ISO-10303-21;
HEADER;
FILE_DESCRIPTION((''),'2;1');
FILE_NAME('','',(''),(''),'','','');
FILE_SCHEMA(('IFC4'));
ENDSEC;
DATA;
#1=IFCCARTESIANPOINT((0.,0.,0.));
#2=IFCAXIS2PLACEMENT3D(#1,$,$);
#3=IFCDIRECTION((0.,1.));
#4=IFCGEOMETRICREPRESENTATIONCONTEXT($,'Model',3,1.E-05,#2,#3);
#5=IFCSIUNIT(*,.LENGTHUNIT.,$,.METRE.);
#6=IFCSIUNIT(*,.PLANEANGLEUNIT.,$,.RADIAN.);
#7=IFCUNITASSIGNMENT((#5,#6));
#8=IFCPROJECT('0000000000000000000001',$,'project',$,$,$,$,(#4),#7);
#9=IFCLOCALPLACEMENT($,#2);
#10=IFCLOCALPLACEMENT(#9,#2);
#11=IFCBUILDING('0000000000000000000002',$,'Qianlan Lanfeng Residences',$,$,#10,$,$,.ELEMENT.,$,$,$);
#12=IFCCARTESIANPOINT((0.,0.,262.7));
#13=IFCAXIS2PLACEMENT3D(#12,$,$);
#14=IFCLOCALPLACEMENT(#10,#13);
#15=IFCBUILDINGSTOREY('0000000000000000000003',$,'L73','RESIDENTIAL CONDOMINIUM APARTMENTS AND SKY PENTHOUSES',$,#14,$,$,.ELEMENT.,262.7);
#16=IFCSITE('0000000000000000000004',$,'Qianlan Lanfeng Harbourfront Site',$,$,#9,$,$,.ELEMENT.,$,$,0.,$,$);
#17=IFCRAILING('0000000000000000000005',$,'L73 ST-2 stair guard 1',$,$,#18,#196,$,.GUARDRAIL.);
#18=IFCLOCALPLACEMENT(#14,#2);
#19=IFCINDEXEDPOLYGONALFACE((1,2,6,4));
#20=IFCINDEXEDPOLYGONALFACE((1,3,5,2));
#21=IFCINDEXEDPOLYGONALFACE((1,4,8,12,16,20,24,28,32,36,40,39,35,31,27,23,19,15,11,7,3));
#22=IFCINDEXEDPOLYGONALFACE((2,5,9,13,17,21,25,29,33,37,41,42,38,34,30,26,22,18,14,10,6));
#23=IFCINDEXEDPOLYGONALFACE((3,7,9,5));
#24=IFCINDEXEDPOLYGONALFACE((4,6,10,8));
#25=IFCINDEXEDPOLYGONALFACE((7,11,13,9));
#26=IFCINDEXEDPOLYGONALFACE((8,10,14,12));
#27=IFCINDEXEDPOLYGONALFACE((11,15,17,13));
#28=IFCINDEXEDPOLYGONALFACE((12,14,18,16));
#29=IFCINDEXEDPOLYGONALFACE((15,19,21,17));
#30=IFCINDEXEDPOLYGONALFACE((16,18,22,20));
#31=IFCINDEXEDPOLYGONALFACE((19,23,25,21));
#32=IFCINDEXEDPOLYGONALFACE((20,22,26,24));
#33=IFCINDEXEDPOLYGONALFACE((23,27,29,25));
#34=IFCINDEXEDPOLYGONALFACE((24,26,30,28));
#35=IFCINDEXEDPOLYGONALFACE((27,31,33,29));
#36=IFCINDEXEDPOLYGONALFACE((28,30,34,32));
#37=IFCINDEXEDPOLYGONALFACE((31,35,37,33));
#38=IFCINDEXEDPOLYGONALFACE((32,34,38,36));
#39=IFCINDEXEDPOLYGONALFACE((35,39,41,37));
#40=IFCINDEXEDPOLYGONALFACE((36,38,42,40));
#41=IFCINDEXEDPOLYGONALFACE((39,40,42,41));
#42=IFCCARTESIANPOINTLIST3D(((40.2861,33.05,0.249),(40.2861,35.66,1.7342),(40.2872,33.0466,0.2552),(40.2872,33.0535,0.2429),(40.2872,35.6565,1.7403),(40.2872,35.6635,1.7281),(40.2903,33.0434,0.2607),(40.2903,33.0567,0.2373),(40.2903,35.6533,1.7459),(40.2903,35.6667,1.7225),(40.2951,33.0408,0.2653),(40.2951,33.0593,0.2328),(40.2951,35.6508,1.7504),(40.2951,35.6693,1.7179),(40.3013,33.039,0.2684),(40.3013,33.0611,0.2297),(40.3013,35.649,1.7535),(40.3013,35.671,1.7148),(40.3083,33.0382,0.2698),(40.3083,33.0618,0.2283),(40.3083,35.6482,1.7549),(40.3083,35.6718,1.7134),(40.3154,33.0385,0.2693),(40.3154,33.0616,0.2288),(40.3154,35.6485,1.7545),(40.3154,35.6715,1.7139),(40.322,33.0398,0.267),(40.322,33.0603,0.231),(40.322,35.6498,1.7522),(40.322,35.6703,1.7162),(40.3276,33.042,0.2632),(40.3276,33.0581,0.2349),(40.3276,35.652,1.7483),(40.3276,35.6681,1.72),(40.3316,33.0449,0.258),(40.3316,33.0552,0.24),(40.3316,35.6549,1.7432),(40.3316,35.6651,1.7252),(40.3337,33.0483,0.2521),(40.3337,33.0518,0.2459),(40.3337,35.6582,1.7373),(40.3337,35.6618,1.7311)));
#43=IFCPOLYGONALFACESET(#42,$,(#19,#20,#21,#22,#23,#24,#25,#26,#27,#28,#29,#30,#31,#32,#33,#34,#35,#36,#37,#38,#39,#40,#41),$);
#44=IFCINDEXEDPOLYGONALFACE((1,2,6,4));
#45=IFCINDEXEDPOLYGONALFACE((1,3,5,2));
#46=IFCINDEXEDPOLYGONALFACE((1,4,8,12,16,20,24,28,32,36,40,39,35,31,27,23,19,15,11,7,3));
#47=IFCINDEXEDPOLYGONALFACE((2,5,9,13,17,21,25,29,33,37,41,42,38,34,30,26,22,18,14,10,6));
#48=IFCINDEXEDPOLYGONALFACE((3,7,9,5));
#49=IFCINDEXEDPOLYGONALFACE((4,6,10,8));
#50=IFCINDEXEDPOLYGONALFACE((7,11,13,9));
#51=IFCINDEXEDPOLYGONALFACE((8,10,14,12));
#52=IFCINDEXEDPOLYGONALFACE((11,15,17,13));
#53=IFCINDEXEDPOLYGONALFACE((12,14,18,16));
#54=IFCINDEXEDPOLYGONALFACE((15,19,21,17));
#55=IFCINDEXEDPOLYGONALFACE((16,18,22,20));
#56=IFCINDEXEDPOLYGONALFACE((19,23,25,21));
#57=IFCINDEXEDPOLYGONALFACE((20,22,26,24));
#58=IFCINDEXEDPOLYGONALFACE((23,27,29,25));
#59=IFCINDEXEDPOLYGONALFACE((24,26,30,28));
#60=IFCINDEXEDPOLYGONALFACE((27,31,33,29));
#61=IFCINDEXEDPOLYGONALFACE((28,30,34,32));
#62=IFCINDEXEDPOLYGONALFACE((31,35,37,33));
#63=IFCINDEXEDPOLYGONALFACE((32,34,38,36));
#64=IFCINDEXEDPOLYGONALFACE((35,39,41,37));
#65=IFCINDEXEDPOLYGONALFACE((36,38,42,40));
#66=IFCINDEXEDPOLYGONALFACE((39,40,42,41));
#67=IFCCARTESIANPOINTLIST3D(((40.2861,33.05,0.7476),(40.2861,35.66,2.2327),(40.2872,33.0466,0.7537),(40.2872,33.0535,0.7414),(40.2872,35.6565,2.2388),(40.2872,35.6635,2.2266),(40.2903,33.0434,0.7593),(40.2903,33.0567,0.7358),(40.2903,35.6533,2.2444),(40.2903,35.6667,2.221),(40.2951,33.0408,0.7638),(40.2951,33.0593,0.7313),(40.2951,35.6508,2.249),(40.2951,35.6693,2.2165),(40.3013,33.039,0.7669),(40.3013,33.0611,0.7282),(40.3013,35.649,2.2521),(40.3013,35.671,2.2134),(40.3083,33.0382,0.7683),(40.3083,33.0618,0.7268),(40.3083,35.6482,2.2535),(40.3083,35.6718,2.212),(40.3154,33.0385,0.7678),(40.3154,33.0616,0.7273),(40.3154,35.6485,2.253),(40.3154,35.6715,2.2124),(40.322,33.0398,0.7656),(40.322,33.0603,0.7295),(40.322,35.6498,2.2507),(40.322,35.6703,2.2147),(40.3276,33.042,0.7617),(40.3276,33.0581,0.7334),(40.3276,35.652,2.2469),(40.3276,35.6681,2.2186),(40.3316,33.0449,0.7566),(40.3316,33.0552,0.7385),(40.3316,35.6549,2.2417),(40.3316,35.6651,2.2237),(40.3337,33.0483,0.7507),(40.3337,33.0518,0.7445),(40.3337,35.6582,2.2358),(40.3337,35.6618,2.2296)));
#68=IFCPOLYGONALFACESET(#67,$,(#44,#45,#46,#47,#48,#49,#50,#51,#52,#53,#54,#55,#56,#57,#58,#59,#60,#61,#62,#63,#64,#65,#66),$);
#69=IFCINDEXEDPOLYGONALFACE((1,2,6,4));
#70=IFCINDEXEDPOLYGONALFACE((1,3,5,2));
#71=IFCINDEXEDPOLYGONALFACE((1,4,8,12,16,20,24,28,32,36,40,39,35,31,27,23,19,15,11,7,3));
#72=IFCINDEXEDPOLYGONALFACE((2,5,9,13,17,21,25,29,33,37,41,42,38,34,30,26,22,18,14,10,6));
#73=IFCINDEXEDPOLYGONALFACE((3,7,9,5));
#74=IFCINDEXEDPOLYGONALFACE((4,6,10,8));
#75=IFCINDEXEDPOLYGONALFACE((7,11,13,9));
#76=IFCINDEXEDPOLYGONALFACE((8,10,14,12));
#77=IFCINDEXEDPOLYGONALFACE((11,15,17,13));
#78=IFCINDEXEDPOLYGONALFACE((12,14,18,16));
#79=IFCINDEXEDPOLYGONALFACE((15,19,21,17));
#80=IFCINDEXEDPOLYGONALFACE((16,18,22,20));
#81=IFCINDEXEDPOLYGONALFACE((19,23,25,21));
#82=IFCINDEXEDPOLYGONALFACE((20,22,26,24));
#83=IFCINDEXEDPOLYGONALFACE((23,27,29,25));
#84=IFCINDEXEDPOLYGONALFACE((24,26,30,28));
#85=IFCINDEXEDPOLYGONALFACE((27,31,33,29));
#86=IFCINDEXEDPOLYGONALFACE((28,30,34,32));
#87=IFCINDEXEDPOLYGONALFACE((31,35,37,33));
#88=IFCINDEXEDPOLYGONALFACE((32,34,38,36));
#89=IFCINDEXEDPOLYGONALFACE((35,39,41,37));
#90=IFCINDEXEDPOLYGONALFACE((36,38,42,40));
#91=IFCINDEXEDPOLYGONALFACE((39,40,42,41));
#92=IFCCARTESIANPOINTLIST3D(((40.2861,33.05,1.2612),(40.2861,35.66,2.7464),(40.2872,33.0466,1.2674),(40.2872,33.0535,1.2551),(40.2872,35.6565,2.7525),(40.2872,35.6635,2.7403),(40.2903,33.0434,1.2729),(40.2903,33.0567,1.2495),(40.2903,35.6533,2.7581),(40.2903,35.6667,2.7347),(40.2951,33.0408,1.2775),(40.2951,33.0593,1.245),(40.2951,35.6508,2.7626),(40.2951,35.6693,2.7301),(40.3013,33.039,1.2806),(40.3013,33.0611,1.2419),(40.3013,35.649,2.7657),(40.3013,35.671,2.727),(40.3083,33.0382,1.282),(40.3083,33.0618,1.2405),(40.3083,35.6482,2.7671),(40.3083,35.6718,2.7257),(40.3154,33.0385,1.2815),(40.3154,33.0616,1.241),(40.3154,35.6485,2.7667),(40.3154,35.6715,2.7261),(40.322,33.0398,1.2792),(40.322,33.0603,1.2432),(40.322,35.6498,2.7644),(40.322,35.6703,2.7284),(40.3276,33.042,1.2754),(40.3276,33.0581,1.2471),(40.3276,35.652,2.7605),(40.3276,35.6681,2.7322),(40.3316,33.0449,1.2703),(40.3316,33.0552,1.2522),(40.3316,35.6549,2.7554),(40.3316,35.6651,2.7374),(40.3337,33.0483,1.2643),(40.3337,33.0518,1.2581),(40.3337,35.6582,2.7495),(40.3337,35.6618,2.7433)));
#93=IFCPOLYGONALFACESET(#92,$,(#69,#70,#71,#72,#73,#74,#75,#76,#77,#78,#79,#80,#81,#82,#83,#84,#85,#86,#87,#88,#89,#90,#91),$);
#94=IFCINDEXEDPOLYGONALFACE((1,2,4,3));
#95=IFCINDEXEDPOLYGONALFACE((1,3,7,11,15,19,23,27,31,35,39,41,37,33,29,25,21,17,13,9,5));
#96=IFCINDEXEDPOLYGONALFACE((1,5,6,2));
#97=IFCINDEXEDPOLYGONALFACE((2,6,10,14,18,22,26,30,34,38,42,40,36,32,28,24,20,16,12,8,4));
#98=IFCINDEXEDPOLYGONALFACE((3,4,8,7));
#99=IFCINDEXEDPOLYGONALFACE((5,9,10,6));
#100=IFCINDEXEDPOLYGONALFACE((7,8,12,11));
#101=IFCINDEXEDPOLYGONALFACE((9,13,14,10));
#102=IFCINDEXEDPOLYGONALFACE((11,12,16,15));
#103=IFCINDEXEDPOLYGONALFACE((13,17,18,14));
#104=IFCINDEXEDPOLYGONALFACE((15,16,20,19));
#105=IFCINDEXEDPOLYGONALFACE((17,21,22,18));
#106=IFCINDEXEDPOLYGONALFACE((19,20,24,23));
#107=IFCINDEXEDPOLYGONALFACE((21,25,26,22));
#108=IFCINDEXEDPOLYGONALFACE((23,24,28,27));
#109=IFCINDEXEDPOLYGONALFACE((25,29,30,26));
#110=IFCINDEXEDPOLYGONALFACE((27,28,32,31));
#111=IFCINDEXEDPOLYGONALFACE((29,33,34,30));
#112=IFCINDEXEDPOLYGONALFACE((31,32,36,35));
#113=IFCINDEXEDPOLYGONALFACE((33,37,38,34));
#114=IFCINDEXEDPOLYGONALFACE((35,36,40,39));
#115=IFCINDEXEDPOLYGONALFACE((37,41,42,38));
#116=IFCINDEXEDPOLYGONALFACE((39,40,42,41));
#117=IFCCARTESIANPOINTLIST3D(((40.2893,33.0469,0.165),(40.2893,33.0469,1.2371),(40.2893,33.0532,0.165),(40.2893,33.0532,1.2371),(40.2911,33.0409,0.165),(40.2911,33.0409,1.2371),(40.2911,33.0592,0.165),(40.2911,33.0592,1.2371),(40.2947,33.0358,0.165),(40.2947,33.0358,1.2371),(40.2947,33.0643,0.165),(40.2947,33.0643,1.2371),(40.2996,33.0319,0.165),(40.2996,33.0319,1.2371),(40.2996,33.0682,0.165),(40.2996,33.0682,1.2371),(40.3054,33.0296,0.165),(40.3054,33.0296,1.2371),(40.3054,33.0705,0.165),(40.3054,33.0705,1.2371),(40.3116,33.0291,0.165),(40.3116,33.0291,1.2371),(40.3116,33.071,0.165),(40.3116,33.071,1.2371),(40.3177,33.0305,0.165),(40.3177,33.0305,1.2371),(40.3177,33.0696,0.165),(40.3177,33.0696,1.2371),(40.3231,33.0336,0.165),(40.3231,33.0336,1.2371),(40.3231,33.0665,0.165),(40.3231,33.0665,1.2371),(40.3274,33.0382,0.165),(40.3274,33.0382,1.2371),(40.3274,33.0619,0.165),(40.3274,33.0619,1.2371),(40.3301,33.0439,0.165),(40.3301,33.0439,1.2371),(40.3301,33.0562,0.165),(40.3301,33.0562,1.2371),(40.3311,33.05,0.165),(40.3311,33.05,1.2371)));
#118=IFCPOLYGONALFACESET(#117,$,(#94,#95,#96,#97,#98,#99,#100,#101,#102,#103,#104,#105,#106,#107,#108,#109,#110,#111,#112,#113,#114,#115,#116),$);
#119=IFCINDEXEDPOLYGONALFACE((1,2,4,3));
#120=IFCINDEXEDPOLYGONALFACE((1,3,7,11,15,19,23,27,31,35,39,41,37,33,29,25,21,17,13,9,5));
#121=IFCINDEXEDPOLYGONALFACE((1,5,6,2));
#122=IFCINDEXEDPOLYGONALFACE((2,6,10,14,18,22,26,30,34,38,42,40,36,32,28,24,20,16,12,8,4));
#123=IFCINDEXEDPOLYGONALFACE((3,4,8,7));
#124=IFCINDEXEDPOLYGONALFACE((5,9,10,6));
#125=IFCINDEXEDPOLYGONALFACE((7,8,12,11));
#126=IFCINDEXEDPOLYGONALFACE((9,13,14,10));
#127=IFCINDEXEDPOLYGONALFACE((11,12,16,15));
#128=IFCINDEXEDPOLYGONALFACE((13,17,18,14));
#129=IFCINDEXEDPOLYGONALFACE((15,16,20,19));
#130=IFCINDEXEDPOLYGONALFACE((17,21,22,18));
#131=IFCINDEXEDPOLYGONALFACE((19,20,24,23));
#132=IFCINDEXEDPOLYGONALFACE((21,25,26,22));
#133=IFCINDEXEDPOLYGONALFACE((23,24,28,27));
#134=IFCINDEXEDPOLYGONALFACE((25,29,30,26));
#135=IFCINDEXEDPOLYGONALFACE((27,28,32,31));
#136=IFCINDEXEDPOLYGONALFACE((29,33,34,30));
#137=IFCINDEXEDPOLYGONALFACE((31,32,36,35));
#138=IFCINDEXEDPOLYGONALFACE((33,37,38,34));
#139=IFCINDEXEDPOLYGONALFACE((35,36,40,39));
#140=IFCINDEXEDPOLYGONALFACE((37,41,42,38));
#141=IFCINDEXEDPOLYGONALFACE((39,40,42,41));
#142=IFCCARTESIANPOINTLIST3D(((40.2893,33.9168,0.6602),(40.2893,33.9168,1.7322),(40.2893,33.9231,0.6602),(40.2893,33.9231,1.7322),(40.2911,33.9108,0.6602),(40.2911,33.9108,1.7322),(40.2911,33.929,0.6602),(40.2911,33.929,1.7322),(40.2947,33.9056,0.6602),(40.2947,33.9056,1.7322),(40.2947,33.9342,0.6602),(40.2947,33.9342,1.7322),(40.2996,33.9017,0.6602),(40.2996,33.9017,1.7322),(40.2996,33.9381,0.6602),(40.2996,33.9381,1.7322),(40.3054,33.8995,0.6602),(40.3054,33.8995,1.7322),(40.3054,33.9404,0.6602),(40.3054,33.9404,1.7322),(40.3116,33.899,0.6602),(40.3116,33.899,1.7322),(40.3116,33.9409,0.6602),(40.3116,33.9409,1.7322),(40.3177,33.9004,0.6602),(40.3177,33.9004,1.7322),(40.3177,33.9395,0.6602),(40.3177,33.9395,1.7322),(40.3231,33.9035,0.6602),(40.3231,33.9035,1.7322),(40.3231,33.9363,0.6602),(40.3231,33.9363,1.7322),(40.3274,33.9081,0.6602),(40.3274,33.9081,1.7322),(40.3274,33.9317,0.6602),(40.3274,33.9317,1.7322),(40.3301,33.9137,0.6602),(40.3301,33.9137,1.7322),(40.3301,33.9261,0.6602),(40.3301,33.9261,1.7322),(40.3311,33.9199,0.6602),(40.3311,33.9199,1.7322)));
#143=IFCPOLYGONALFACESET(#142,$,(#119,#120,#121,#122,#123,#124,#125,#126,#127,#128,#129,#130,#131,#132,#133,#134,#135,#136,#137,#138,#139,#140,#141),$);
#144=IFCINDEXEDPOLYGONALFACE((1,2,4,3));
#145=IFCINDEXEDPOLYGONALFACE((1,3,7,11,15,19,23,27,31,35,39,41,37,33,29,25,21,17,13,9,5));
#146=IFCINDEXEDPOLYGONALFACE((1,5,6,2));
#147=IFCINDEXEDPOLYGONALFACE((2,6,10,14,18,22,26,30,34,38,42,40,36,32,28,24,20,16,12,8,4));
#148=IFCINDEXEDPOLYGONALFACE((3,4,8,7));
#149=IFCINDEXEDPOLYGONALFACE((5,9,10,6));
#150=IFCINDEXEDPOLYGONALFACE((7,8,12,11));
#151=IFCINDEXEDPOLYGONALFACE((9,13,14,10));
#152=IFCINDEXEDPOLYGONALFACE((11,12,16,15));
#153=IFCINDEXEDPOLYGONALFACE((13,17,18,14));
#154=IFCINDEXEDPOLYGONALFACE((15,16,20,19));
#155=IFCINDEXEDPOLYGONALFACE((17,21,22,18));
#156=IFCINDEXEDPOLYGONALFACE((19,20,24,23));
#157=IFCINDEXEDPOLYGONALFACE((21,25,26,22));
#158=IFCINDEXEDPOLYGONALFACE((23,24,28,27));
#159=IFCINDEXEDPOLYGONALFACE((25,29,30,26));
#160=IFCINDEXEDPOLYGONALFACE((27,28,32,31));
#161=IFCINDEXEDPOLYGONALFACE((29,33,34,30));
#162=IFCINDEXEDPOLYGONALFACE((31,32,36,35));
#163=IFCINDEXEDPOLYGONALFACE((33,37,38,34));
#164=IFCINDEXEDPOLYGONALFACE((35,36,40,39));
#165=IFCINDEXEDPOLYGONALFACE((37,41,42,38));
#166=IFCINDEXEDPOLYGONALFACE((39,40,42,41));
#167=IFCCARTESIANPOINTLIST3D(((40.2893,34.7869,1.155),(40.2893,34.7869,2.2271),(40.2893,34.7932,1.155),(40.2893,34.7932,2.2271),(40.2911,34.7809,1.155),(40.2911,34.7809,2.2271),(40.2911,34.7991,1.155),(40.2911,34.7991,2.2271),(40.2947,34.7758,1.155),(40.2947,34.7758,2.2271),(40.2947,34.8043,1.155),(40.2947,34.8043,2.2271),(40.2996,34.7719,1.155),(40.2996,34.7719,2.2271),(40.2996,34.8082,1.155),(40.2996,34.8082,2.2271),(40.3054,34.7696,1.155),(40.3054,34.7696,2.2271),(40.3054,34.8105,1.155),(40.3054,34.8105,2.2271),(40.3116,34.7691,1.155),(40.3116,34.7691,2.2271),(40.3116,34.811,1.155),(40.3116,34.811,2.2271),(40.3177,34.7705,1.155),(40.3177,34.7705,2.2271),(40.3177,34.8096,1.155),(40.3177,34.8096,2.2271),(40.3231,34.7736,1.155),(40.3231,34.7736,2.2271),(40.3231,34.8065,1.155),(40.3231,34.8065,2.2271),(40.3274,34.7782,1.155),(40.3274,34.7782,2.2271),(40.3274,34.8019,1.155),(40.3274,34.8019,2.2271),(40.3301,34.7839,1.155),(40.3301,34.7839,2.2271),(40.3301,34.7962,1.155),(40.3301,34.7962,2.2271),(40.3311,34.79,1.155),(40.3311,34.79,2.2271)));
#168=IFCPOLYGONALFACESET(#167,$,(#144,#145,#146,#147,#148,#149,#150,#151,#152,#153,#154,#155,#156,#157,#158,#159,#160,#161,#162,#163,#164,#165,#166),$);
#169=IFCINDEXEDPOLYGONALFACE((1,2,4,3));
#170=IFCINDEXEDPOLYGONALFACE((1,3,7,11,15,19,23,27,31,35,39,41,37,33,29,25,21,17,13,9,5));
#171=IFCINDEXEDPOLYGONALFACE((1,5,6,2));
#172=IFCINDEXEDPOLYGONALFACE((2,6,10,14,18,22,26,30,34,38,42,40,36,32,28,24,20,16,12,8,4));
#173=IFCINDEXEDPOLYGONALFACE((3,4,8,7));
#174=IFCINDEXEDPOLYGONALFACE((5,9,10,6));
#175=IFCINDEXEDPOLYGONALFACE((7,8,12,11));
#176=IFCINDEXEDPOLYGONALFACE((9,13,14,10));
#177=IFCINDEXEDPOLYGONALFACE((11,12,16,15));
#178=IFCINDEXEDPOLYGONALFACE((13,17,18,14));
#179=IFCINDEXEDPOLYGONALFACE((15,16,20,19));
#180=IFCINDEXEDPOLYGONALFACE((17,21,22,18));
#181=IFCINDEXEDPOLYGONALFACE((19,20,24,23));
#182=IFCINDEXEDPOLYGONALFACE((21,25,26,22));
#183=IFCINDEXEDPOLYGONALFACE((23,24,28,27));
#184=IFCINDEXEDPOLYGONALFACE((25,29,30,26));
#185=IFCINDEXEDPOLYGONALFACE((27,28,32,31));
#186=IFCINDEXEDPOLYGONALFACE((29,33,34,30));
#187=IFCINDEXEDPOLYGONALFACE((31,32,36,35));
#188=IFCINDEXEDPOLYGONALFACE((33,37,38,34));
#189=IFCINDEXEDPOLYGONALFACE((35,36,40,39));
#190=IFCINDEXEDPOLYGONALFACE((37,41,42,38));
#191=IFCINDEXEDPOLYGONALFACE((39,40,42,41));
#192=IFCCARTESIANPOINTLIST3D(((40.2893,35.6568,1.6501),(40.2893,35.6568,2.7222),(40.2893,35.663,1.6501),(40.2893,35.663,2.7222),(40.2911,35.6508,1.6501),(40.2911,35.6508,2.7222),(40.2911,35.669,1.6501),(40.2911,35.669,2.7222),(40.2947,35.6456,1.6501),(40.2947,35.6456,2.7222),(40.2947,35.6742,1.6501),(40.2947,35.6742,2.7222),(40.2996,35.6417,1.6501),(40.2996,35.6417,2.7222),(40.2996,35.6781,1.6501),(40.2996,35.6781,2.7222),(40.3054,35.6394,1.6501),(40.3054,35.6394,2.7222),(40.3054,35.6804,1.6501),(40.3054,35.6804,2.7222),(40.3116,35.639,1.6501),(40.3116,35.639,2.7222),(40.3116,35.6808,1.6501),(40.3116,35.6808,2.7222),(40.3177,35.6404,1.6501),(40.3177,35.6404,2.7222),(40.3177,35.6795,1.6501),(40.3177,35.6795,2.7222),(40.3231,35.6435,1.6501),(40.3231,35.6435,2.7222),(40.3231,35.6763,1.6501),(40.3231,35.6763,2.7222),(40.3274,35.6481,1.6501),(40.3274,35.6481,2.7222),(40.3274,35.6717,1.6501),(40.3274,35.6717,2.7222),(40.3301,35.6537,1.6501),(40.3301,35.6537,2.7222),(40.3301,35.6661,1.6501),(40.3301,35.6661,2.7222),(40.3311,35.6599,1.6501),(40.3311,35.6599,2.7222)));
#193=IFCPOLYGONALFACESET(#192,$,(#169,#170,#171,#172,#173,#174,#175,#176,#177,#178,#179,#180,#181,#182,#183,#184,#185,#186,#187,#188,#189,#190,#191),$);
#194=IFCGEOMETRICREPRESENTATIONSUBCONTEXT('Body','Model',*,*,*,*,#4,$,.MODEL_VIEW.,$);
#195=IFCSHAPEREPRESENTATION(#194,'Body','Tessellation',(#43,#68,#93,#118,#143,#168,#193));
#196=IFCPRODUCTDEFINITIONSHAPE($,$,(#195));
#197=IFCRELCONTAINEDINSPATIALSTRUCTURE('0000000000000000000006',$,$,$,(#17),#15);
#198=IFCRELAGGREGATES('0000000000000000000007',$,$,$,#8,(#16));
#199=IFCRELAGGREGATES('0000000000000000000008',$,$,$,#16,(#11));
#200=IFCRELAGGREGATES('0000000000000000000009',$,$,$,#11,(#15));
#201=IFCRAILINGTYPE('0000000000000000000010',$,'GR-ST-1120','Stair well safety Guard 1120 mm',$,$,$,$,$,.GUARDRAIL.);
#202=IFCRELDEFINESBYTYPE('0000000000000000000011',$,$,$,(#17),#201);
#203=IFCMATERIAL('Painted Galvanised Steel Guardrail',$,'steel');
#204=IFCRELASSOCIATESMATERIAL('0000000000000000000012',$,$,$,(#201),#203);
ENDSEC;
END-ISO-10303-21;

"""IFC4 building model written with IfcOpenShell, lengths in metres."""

from ifc_helpers import new_model, si_unit, direction, frame, origin, origin_2d, place, context, subcontext, project, spatial, circle, extrude, material, type_object, element, save


model = new_model("IFC4")

# Units and contexts
model_context = context("Model", 3, precision=1e-05, world=origin(), true_north=direction((0.0, 1.0)))
body_context = subcontext(model_context, "Body", "Model", "MODEL_VIEW")
ifc_project = project(units=[si_unit("LENGTHUNIT", "METRE"), si_unit("PLANEANGLEUNIT", "RADIAN")], contexts=[model_context])

# Site, building, storey
site_placement = place(None, origin())
site = spatial("IfcSite", under=ifc_project, at=site_placement, Name="Qianlan Lanfeng Harbourfront Site", CompositionType="ELEMENT", RefElevation=0.0)
building_placement = place(site_placement, origin())
building = spatial("IfcBuilding", under=site, at=building_placement, Name="Qianlan Lanfeng Residences", CompositionType="ELEMENT")
storey_placement = place(building_placement, frame((0.0, 0.0, 262.7)))
storey = spatial("IfcBuildingStorey", under=building, at=storey_placement, Name="L73", Description="RESIDENTIAL CONDOMINIUM APARTMENTS AND SKY PENTHOUSES", CompositionType="ELEMENT", Elevation=262.7)

# Railing
ifc_material_1 = material(Name="Painted Galvanised Steel Guardrail", Category="steel")
railing_type_1 = type_object("IfcRailingType", Name="GR-ST-1120", Description="Stair well safety Guard 1120 mm", PredefinedType="GUARDRAIL", material=ifc_material_1)
railing_1_placement = place(storey_placement, frame((40.3101, 33.05, 0.165)))
element("IfcRailing", 1, at=railing_1_placement, inside=storey, type_object=railing_type_1, Name="L73 ST-2 stair guard 1", PredefinedType="GUARDRAIL", context=body_context, shape_type="SweptSolid", body=[
    extrude(circle(Radius=0.0239, at=origin_2d()), frame((0.0, 0.0, 0.084), z_axis=(0.0, 0.869137, 0.494571), x_axis=(-1.0, 0.0, 0.0)), (0.0, 0.0, 1.0), 3.0029),
    extrude(circle(Radius=0.0239, at=origin_2d()), frame((0.0, 0.0, 0.5825), z_axis=(0.0, 0.869137, 0.494571), x_axis=(-1.0, 0.0, 0.0)), (0.0, 0.0, 1.0), 3.0029),
    extrude(circle(Radius=0.0239, at=origin_2d()), frame((0.0, 0.0, 1.0962), z_axis=(0.0, 0.869137, 0.494571), x_axis=(-1.0, 0.0, 0.0)), (0.0, 0.0, 1.0), 3.0029),
    extrude(circle(Radius=0.021, at=origin_2d()), origin(), (0.0, 0.0, 1.0), 1.072),
    extrude(circle(Radius=0.021, at=origin_2d()), frame((0.0, 0.8699, 0.4951)), (0.0, 0.0, 1.0), 1.072),
    extrude(circle(Radius=0.021, at=origin_2d()), frame((0.0, 1.74, 0.99)), (0.0, 0.0, 1.0), 1.072),
    extrude(circle(Radius=0.021, at=origin_2d()), frame((0.0, 2.6099, 1.4851)), (0.0, 0.0, 1.0), 1.072),
])

save(model, "model.ifc")
